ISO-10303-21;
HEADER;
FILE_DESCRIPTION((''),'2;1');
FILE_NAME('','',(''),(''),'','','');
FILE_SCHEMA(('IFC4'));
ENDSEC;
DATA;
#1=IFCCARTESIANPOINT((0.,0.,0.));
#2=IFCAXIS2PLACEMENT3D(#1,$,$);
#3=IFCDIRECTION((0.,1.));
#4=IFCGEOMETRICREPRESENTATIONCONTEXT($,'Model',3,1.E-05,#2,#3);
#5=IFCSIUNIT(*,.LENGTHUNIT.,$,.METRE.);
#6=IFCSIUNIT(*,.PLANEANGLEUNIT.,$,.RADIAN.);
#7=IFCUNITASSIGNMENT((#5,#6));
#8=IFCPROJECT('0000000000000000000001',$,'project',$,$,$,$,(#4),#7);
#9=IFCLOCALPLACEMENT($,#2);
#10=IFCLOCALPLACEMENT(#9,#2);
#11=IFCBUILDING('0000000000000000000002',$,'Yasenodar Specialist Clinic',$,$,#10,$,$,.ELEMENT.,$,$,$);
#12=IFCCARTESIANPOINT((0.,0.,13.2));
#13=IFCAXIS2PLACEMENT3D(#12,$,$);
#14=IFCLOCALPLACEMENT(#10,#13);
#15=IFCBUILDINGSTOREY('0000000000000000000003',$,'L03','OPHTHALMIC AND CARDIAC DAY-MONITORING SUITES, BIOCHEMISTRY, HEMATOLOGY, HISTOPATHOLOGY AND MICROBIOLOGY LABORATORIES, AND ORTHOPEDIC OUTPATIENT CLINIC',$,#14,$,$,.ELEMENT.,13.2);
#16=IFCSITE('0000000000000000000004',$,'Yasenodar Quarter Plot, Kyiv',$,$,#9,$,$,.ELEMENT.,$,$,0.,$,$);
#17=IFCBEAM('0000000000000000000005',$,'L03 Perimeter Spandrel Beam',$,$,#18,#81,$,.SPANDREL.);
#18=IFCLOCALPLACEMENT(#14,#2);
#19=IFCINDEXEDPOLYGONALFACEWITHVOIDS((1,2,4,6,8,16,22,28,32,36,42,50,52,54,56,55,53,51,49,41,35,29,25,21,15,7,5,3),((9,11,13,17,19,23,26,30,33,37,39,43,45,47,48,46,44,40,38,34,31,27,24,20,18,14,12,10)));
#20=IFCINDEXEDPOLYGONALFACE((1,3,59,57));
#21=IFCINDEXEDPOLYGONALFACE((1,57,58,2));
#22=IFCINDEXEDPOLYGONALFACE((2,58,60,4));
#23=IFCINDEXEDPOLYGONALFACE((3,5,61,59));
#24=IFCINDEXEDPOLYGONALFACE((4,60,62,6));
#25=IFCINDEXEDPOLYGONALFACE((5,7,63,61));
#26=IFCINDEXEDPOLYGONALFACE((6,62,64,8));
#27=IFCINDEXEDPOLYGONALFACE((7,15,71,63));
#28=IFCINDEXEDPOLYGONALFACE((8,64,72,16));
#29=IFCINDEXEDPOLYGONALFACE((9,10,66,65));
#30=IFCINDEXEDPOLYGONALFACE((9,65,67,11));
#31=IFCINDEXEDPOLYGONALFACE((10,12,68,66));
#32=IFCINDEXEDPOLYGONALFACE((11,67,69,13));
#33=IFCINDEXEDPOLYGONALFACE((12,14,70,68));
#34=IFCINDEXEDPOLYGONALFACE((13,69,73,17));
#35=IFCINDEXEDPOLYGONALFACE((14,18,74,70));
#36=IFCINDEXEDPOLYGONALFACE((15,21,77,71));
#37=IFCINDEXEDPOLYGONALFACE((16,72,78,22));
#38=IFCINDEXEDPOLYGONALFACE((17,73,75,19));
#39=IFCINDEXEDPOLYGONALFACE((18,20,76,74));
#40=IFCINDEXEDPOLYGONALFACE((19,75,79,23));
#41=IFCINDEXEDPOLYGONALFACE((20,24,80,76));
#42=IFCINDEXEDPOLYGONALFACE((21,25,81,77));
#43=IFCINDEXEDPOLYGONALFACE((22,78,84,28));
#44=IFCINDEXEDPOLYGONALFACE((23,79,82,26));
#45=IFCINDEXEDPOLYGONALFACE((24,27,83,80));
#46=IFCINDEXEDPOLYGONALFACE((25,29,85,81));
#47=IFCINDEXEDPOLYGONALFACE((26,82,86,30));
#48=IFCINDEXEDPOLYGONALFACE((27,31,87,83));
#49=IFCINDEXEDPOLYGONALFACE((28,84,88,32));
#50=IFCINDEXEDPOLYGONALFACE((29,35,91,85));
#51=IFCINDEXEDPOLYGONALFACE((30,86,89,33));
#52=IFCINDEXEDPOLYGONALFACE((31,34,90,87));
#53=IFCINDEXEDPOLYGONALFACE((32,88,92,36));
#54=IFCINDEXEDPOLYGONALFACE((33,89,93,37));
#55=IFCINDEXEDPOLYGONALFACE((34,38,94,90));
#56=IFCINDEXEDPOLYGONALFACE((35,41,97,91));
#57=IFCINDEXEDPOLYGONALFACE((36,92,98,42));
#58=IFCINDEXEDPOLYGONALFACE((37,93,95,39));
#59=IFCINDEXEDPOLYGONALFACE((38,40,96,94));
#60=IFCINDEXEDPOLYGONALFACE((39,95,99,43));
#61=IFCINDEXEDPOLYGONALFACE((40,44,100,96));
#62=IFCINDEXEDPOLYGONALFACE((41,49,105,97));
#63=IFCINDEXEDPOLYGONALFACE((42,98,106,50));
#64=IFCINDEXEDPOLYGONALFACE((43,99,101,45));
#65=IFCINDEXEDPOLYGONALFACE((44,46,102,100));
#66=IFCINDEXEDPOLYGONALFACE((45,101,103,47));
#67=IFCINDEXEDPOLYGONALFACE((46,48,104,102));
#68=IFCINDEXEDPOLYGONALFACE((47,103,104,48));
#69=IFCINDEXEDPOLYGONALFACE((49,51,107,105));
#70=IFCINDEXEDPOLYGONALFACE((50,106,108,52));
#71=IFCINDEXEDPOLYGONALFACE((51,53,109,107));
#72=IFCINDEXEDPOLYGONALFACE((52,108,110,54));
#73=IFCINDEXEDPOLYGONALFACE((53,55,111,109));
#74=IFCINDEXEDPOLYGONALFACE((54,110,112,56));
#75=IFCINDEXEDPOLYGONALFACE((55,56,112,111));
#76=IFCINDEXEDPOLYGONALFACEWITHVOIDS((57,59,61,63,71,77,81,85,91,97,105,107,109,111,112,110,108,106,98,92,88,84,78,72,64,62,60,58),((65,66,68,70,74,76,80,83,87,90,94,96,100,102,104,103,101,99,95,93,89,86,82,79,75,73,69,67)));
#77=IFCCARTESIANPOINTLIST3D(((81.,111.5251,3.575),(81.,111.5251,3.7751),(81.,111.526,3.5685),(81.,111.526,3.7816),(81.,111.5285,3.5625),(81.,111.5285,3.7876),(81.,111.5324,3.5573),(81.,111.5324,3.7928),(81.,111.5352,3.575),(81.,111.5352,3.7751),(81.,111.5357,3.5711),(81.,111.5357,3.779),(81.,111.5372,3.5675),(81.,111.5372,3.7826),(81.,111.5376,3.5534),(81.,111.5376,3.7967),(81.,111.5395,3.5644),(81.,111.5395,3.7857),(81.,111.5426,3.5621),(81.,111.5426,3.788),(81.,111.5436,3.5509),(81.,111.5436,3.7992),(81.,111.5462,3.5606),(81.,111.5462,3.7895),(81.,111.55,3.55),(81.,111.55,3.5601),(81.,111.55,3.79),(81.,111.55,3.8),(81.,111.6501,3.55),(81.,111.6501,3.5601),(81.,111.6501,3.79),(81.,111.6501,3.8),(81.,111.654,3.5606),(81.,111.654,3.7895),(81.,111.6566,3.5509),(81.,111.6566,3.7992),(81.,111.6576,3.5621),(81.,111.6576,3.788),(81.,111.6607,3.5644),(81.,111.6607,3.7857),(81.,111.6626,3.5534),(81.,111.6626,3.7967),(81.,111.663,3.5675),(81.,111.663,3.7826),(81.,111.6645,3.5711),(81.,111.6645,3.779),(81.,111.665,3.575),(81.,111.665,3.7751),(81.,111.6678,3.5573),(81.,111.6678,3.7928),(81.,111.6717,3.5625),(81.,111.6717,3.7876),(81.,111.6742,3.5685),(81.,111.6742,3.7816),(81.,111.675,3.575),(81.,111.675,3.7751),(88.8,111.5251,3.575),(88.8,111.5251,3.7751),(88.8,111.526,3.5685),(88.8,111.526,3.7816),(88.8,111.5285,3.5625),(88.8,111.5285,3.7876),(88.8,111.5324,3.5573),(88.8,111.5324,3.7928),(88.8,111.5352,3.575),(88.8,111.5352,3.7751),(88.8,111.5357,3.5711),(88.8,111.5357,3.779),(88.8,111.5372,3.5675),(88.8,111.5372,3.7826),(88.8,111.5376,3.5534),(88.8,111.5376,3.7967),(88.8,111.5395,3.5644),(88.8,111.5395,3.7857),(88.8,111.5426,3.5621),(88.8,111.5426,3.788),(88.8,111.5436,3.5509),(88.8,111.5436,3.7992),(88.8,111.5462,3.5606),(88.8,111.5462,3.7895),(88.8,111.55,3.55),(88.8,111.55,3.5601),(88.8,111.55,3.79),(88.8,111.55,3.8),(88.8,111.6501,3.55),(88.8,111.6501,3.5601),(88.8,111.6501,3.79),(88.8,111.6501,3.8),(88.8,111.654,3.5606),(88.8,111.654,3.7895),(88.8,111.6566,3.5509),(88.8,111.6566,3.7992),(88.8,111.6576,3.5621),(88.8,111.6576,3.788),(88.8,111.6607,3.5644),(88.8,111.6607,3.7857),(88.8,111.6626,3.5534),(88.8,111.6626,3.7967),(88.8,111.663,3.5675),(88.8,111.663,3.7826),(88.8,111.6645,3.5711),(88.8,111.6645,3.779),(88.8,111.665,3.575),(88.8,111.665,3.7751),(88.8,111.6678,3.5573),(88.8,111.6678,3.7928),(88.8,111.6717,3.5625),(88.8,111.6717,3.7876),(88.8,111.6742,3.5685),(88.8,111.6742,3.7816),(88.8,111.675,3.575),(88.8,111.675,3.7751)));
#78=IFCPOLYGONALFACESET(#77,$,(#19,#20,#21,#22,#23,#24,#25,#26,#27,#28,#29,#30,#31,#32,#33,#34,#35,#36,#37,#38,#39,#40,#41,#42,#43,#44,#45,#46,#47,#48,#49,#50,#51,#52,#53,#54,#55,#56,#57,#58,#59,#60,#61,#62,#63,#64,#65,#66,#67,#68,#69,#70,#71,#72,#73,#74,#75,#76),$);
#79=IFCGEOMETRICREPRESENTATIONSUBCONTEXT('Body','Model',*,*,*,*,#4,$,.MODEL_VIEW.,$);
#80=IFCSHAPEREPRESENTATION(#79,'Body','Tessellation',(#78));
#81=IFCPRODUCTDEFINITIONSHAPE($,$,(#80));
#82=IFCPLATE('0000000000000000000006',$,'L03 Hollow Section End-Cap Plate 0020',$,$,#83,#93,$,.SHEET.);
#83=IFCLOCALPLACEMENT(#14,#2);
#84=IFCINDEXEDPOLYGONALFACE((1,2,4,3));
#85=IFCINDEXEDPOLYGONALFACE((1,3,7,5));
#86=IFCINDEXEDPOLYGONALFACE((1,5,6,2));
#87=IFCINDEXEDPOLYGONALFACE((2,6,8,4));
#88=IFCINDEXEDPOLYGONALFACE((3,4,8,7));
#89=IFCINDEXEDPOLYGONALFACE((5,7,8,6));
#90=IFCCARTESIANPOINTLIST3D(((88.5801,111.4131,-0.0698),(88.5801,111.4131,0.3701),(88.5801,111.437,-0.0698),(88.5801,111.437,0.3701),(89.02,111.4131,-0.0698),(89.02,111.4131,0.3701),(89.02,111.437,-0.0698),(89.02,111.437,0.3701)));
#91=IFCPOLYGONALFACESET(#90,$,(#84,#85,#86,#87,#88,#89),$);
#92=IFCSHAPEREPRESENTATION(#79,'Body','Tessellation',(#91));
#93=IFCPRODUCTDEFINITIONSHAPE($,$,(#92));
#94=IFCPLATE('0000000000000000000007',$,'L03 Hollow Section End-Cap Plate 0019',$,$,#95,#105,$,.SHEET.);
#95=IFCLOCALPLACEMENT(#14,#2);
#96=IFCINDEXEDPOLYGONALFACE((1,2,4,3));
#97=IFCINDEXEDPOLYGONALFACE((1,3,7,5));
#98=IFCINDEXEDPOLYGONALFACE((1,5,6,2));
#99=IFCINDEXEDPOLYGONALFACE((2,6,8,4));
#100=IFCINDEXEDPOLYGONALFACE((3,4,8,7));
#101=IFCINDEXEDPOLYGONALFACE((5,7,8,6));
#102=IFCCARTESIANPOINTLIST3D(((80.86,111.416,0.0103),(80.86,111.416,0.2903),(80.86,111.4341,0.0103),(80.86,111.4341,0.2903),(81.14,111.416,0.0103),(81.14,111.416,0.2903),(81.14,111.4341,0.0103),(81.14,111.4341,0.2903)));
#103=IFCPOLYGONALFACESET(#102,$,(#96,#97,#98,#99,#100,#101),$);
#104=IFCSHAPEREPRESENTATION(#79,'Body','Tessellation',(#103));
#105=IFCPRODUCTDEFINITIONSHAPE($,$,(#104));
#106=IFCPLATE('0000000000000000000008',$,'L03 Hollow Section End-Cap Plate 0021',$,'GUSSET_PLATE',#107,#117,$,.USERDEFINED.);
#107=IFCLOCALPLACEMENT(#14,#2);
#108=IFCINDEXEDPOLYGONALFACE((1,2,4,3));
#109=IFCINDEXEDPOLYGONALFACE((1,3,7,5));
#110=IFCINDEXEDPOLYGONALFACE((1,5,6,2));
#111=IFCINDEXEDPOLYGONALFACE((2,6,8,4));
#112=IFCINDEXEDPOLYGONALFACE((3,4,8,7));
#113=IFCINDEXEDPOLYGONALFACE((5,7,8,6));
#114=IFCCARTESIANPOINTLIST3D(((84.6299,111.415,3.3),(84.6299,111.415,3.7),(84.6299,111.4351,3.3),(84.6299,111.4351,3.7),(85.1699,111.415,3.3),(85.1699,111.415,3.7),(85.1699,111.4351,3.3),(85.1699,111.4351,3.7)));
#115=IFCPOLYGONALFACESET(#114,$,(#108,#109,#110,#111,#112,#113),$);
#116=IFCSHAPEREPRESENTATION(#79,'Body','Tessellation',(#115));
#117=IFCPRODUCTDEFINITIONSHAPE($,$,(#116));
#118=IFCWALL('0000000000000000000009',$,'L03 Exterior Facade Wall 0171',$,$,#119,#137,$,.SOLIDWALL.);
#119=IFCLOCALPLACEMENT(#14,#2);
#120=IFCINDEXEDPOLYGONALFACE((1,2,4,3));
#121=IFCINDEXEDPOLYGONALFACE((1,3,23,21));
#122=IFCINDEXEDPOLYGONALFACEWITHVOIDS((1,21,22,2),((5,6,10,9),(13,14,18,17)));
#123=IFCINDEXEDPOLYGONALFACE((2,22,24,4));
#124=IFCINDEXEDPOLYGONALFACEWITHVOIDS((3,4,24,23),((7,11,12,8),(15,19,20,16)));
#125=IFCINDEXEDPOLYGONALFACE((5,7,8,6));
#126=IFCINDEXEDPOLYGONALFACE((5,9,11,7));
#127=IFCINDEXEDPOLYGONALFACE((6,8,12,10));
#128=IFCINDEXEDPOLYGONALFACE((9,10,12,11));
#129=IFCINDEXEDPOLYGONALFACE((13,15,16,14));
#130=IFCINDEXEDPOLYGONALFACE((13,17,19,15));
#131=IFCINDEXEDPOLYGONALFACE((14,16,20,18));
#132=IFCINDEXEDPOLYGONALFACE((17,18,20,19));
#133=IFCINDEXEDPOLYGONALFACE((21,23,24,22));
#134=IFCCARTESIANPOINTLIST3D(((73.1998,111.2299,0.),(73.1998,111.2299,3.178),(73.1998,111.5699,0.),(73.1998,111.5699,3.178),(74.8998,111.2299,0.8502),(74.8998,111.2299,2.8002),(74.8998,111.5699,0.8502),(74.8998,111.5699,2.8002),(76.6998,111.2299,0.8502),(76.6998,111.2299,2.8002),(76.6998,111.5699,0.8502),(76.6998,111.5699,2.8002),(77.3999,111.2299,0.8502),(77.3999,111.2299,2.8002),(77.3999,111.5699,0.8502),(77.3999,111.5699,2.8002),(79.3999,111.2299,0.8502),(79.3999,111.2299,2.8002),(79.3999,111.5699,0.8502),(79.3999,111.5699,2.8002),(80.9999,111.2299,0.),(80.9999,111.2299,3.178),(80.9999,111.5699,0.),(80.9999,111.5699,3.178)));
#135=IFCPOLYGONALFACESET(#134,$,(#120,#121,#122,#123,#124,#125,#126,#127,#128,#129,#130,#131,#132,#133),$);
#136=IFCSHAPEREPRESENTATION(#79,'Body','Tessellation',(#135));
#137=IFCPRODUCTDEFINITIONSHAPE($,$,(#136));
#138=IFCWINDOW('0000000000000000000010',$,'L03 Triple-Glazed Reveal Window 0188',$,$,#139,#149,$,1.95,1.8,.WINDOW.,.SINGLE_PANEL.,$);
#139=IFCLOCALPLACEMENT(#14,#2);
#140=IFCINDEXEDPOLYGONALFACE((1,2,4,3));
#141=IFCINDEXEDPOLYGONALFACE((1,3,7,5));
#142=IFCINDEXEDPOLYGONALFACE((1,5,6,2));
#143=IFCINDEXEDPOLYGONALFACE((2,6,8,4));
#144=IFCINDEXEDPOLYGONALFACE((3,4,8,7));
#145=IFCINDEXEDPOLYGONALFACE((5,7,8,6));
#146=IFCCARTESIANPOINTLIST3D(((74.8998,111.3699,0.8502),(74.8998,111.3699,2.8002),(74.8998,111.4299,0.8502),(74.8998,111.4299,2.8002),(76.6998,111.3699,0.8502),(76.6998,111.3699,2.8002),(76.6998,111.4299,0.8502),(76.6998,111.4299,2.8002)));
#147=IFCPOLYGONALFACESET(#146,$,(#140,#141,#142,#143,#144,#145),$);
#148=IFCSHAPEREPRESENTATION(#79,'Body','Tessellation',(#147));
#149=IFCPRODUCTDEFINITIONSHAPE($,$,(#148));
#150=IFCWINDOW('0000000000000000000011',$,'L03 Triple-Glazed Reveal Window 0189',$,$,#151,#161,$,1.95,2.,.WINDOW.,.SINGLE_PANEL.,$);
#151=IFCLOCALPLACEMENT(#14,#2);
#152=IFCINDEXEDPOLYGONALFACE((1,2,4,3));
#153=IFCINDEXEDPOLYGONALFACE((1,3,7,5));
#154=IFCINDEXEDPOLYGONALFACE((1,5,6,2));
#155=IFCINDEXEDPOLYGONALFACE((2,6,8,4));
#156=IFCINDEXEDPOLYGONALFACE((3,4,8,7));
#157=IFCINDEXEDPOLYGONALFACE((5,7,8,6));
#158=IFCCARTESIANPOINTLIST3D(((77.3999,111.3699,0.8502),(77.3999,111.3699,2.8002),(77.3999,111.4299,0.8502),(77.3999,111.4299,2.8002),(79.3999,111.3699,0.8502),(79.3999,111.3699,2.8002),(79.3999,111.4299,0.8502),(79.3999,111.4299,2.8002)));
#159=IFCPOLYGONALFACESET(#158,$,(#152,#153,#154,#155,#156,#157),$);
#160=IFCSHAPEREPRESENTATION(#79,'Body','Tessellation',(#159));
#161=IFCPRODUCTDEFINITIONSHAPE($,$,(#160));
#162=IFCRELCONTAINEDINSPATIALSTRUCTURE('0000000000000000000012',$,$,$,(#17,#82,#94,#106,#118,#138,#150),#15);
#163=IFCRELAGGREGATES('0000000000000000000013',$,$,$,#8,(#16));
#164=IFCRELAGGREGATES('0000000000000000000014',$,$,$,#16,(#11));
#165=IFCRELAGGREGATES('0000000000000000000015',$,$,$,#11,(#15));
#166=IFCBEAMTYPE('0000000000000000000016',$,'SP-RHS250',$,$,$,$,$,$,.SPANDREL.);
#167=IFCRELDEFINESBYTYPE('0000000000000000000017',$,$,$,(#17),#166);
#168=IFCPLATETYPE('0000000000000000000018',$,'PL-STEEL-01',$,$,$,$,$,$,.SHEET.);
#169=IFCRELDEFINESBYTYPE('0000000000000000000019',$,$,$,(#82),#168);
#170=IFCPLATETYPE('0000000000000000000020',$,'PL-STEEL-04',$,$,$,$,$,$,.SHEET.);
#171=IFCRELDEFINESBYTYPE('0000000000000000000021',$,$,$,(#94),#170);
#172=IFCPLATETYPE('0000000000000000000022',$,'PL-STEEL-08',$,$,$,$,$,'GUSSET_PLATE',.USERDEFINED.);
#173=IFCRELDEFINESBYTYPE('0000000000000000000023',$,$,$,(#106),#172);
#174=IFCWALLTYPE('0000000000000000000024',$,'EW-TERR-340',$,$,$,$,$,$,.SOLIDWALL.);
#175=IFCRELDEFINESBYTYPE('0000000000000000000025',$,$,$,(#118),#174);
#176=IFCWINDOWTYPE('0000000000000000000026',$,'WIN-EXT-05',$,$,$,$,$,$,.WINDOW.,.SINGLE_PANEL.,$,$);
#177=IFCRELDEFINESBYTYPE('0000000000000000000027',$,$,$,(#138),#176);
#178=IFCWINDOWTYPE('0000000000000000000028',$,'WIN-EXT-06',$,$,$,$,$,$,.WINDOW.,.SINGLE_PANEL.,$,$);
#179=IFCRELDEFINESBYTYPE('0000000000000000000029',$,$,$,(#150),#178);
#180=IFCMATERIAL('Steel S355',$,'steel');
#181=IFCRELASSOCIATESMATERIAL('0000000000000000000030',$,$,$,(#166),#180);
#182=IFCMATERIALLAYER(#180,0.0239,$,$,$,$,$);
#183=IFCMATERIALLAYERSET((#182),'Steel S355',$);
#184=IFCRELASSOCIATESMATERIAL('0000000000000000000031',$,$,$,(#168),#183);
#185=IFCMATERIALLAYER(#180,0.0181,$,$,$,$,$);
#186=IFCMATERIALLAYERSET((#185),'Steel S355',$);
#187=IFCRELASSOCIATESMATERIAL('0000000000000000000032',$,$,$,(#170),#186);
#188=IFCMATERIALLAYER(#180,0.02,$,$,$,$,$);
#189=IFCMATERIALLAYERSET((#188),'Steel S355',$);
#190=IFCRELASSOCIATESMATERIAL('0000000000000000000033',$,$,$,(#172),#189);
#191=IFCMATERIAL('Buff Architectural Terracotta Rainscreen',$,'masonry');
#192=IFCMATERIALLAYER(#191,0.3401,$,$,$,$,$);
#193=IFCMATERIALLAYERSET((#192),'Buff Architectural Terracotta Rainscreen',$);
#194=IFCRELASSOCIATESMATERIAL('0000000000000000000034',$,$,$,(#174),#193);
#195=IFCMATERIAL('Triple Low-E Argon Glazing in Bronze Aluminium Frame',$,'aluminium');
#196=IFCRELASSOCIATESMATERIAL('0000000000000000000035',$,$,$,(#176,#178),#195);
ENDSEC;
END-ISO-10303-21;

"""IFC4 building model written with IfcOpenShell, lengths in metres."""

from ifc_helpers import new_model, si_unit, direction, frame, frame_2d, origin, origin_2d, place, context, subcontext, project, spatial, rectangle, hollow_rectangle, extrude, material, layer, layer_set, material_profile, profile_set, type_object, element, fill, save


model = new_model("IFC4")

# Units and contexts
model_context = context("Model", 3, precision=1e-05, world=origin(), true_north=direction((0.0, 1.0)))
body_context = subcontext(model_context, "Body", "Model", "MODEL_VIEW")
ifc_project = project(units=[si_unit("LENGTHUNIT", "METRE"), si_unit("PLANEANGLEUNIT", "RADIAN")], contexts=[model_context])

# Site, building, storey
site_placement = place(None, origin())
site = spatial("IfcSite", under=ifc_project, at=site_placement, Name="Yasenodar Quarter Plot, Kyiv", CompositionType="ELEMENT", RefElevation=0.0)
building_placement = place(site_placement, origin())
building = spatial("IfcBuilding", under=site, at=building_placement, Name="Yasenodar Specialist Clinic", CompositionType="ELEMENT")
storey_placement = place(building_placement, frame((0.0, 0.0, 13.2)))
storey = spatial("IfcBuildingStorey", under=building, at=storey_placement, Name="L03", Description="OPHTHALMIC AND CARDIAC DAY-MONITORING SUITES, BIOCHEMISTRY, HEMATOLOGY, HISTOPATHOLOGY AND MICROBIOLOGY LABORATORIES, AND ORTHOPEDIC OUTPATIENT CLINIC", CompositionType="ELEMENT", Elevation=13.2)

# Shared definitions
ifc_material_1 = material(Name="Steel S355", Category="steel")

# Beam
ifc_material_profile_1 = material_profile(ifc_material_1, hollow_rectangle(XDim=0.1499, YDim=0.25, WallThickness=0.01, InnerFilletRadius=0.0149, OuterFilletRadius=0.0249, at=origin_2d()), Name="RHS 250x150x10")
ifc_profile_set_1 = profile_set([ifc_material_profile_1], Name="Steel S355")
beam_type_1 = type_object("IfcBeamType", Name="SP-RHS250", PredefinedType="SPANDREL", material=ifc_profile_set_1)
beam_1_placement = place(storey_placement, frame((81.0, 111.6001, 3.675), z_axis=(1.0, 0.0, 0.0), x_axis=(0.0, 1.0, 0.0)))
element("IfcBeam", 1, at=beam_1_placement, inside=storey, type_object=beam_type_1, Name="L03 Perimeter Spandrel Beam", PredefinedType="SPANDREL", context=body_context, shape_type="SweptSolid", body=[
    extrude(hollow_rectangle(XDim=0.1499, YDim=0.25, WallThickness=0.01, InnerFilletRadius=0.0149, OuterFilletRadius=0.0249, at=origin_2d()), origin(), (0.0, 0.0, 1.0), 7.8),
])

# Plates
ifc_layer_1 = layer(ifc_material_1, 0.0239)
ifc_layer_set_1 = layer_set([ifc_layer_1], Name="Steel S355")
plate_type_1 = type_object("IfcPlateType", Name="PL-STEEL-01", PredefinedType="SHEET", material=ifc_layer_set_1)
plate_1_placement = place(storey_placement, frame((88.8, 111.425, -0.0698), z_axis=(0.0, 0.0, 1.0), x_axis=(1.0, 0.0, 0.0)))
element("IfcPlate", 2, at=plate_1_placement, inside=storey, type_object=plate_type_1, Name="L03 Hollow Section End-Cap Plate 0020", PredefinedType="SHEET", context=body_context, shape_type="SweptSolid", body=[
    extrude(rectangle(XDim=0.4399, YDim=0.0239, at=origin_2d()), origin(), (0.0, 0.0, 1.0), 0.4399),
])
ifc_layer_2 = layer(ifc_material_1, 0.0181)
ifc_layer_set_2 = layer_set([ifc_layer_2], Name="Steel S355")
plate_type_2 = type_object("IfcPlateType", Name="PL-STEEL-04", PredefinedType="SHEET", material=ifc_layer_set_2)
plate_2_placement = place(storey_placement, frame((81.0, 111.425, 0.0103), z_axis=(0.0, 0.0, 1.0), x_axis=(1.0, 0.0, 0.0)))
element("IfcPlate", 3, at=plate_2_placement, inside=storey, type_object=plate_type_2, Name="L03 Hollow Section End-Cap Plate 0019", PredefinedType="SHEET", context=body_context, shape_type="SweptSolid", body=[
    extrude(rectangle(XDim=0.28, YDim=0.0181, at=origin_2d()), origin(), (0.0, 0.0, 1.0), 0.28),
])
ifc_layer_3 = layer(ifc_material_1, 0.02)
ifc_layer_set_3 = layer_set([ifc_layer_3], Name="Steel S355")
plate_type_3 = type_object("IfcPlateType", Name="PL-STEEL-08", ElementType="GUSSET_PLATE", PredefinedType="USERDEFINED", material=ifc_layer_set_3)
plate_3_placement = place(storey_placement, frame((84.8999, 111.425, 3.3), z_axis=(0.0, 0.0, 1.0), x_axis=(1.0, 0.0, 0.0)))
element("IfcPlate", 4, at=plate_3_placement, inside=storey, type_object=plate_type_3, Name="L03 Hollow Section End-Cap Plate 0021", ObjectType="GUSSET_PLATE", PredefinedType="USERDEFINED", context=body_context, shape_type="SweptSolid", body=[
    extrude(rectangle(XDim=0.54, YDim=0.02, at=origin_2d()), origin(), (0.0, 0.0, 1.0), 0.3999),
])

# Wall, openings, windows
ifc_material_2 = material(Name="Buff Architectural Terracotta Rainscreen", Category="masonry")
ifc_layer_4 = layer(ifc_material_2, 0.3401)
ifc_layer_set_4 = layer_set([ifc_layer_4], Name="Buff Architectural Terracotta Rainscreen")
wall_type_1 = type_object("IfcWallType", Name="EW-TERR-340", PredefinedType="SOLIDWALL", material=ifc_layer_set_4)
wall_1_placement = place(storey_placement, frame((73.2, 111.3999, 0.0), z_axis=(0.0, 0.0, 1.0), x_axis=(1.0, 0.0, 0.0)))
wall_1 = element("IfcWall", 5, at=wall_1_placement, inside=storey, type_object=wall_type_1, Name="L03 Exterior Facade Wall 0171", PredefinedType="SOLIDWALL", context=body_context, shape_type="SweptSolid", body=[
    extrude(rectangle(XDim=7.8, YDim=0.3401, at=frame_2d((3.8999, 0.0))), origin(), (0.0, 0.0, 1.0), 3.178),
])
opening_1_placement = place(wall_1_placement, frame((1.7, 0.0, 0.8501)))
opening_1 = element("IfcOpeningElement", 6, at=opening_1_placement, cuts=wall_1, PredefinedType="OPENING", context=body_context, shape_type="SweptSolid", body=[
    extrude(rectangle(XDim=1.8, YDim=1.95, at=frame_2d((0.8999, 0.9751))), frame((0.0, 0.1802, 0.0), z_axis=(0.0, -1.0, 0.0), x_axis=(1.0, 0.0, 0.0)), (0.0, 0.0, 1.0), 0.3601),
])
opening_2_placement = place(wall_1_placement, frame((4.2, 0.0, 0.8501)))
opening_2 = element("IfcOpeningElement", 7, at=opening_2_placement, cuts=wall_1, PredefinedType="OPENING", context=body_context, shape_type="SweptSolid", body=[
    extrude(rectangle(XDim=2.0, YDim=1.95, at=frame_2d((1.0, 0.9751))), frame((0.0, 0.1802, 0.0), z_axis=(0.0, -1.0, 0.0), x_axis=(1.0, 0.0, 0.0)), (0.0, 0.0, 1.0), 0.3601),
])
ifc_material_3 = material(Name="Triple Low-E Argon Glazing in Bronze Aluminium Frame", Category="aluminium")
window_type_1 = type_object("IfcWindowType", Name="WIN-EXT-05", PartitioningType="SINGLE_PANEL", PredefinedType="WINDOW", material=ifc_material_3)
window_1_placement = place(opening_1_placement, origin())
window_1 = element("IfcWindow", 8, at=window_1_placement, inside=storey, type_object=window_type_1, Name="L03 Triple-Glazed Reveal Window 0188", OverallHeight=1.95, OverallWidth=1.8, PartitioningType="SINGLE_PANEL", PredefinedType="WINDOW", context=body_context, shape_type="SweptSolid", body=[
    extrude(rectangle(XDim=1.8, YDim=1.95, at=frame_2d((0.8999, 0.9751))), frame((0.0, 0.03, 0.0), z_axis=(0.0, -1.0, 0.0), x_axis=(1.0, 0.0, 0.0)), (0.0, 0.0, 1.0), 0.0601),
])
fill(opening_1, window_1)
window_type_2 = type_object("IfcWindowType", Name="WIN-EXT-06", PartitioningType="SINGLE_PANEL", PredefinedType="WINDOW", material=ifc_material_3)
window_2_placement = place(opening_2_placement, origin())
window_2 = element("IfcWindow", 9, at=window_2_placement, inside=storey, type_object=window_type_2, Name="L03 Triple-Glazed Reveal Window 0189", OverallHeight=1.95, OverallWidth=2.0, PartitioningType="SINGLE_PANEL", PredefinedType="WINDOW", context=body_context, shape_type="SweptSolid", body=[
    extrude(rectangle(XDim=2.0, YDim=1.95, at=frame_2d((1.0, 0.9751))), frame((0.0, 0.03, 0.0), z_axis=(0.0, -1.0, 0.0), x_axis=(1.0, 0.0, 0.0)), (0.0, 0.0, 1.0), 0.0601),
])
fill(opening_2, window_2)

save(model, "model.ifc")
